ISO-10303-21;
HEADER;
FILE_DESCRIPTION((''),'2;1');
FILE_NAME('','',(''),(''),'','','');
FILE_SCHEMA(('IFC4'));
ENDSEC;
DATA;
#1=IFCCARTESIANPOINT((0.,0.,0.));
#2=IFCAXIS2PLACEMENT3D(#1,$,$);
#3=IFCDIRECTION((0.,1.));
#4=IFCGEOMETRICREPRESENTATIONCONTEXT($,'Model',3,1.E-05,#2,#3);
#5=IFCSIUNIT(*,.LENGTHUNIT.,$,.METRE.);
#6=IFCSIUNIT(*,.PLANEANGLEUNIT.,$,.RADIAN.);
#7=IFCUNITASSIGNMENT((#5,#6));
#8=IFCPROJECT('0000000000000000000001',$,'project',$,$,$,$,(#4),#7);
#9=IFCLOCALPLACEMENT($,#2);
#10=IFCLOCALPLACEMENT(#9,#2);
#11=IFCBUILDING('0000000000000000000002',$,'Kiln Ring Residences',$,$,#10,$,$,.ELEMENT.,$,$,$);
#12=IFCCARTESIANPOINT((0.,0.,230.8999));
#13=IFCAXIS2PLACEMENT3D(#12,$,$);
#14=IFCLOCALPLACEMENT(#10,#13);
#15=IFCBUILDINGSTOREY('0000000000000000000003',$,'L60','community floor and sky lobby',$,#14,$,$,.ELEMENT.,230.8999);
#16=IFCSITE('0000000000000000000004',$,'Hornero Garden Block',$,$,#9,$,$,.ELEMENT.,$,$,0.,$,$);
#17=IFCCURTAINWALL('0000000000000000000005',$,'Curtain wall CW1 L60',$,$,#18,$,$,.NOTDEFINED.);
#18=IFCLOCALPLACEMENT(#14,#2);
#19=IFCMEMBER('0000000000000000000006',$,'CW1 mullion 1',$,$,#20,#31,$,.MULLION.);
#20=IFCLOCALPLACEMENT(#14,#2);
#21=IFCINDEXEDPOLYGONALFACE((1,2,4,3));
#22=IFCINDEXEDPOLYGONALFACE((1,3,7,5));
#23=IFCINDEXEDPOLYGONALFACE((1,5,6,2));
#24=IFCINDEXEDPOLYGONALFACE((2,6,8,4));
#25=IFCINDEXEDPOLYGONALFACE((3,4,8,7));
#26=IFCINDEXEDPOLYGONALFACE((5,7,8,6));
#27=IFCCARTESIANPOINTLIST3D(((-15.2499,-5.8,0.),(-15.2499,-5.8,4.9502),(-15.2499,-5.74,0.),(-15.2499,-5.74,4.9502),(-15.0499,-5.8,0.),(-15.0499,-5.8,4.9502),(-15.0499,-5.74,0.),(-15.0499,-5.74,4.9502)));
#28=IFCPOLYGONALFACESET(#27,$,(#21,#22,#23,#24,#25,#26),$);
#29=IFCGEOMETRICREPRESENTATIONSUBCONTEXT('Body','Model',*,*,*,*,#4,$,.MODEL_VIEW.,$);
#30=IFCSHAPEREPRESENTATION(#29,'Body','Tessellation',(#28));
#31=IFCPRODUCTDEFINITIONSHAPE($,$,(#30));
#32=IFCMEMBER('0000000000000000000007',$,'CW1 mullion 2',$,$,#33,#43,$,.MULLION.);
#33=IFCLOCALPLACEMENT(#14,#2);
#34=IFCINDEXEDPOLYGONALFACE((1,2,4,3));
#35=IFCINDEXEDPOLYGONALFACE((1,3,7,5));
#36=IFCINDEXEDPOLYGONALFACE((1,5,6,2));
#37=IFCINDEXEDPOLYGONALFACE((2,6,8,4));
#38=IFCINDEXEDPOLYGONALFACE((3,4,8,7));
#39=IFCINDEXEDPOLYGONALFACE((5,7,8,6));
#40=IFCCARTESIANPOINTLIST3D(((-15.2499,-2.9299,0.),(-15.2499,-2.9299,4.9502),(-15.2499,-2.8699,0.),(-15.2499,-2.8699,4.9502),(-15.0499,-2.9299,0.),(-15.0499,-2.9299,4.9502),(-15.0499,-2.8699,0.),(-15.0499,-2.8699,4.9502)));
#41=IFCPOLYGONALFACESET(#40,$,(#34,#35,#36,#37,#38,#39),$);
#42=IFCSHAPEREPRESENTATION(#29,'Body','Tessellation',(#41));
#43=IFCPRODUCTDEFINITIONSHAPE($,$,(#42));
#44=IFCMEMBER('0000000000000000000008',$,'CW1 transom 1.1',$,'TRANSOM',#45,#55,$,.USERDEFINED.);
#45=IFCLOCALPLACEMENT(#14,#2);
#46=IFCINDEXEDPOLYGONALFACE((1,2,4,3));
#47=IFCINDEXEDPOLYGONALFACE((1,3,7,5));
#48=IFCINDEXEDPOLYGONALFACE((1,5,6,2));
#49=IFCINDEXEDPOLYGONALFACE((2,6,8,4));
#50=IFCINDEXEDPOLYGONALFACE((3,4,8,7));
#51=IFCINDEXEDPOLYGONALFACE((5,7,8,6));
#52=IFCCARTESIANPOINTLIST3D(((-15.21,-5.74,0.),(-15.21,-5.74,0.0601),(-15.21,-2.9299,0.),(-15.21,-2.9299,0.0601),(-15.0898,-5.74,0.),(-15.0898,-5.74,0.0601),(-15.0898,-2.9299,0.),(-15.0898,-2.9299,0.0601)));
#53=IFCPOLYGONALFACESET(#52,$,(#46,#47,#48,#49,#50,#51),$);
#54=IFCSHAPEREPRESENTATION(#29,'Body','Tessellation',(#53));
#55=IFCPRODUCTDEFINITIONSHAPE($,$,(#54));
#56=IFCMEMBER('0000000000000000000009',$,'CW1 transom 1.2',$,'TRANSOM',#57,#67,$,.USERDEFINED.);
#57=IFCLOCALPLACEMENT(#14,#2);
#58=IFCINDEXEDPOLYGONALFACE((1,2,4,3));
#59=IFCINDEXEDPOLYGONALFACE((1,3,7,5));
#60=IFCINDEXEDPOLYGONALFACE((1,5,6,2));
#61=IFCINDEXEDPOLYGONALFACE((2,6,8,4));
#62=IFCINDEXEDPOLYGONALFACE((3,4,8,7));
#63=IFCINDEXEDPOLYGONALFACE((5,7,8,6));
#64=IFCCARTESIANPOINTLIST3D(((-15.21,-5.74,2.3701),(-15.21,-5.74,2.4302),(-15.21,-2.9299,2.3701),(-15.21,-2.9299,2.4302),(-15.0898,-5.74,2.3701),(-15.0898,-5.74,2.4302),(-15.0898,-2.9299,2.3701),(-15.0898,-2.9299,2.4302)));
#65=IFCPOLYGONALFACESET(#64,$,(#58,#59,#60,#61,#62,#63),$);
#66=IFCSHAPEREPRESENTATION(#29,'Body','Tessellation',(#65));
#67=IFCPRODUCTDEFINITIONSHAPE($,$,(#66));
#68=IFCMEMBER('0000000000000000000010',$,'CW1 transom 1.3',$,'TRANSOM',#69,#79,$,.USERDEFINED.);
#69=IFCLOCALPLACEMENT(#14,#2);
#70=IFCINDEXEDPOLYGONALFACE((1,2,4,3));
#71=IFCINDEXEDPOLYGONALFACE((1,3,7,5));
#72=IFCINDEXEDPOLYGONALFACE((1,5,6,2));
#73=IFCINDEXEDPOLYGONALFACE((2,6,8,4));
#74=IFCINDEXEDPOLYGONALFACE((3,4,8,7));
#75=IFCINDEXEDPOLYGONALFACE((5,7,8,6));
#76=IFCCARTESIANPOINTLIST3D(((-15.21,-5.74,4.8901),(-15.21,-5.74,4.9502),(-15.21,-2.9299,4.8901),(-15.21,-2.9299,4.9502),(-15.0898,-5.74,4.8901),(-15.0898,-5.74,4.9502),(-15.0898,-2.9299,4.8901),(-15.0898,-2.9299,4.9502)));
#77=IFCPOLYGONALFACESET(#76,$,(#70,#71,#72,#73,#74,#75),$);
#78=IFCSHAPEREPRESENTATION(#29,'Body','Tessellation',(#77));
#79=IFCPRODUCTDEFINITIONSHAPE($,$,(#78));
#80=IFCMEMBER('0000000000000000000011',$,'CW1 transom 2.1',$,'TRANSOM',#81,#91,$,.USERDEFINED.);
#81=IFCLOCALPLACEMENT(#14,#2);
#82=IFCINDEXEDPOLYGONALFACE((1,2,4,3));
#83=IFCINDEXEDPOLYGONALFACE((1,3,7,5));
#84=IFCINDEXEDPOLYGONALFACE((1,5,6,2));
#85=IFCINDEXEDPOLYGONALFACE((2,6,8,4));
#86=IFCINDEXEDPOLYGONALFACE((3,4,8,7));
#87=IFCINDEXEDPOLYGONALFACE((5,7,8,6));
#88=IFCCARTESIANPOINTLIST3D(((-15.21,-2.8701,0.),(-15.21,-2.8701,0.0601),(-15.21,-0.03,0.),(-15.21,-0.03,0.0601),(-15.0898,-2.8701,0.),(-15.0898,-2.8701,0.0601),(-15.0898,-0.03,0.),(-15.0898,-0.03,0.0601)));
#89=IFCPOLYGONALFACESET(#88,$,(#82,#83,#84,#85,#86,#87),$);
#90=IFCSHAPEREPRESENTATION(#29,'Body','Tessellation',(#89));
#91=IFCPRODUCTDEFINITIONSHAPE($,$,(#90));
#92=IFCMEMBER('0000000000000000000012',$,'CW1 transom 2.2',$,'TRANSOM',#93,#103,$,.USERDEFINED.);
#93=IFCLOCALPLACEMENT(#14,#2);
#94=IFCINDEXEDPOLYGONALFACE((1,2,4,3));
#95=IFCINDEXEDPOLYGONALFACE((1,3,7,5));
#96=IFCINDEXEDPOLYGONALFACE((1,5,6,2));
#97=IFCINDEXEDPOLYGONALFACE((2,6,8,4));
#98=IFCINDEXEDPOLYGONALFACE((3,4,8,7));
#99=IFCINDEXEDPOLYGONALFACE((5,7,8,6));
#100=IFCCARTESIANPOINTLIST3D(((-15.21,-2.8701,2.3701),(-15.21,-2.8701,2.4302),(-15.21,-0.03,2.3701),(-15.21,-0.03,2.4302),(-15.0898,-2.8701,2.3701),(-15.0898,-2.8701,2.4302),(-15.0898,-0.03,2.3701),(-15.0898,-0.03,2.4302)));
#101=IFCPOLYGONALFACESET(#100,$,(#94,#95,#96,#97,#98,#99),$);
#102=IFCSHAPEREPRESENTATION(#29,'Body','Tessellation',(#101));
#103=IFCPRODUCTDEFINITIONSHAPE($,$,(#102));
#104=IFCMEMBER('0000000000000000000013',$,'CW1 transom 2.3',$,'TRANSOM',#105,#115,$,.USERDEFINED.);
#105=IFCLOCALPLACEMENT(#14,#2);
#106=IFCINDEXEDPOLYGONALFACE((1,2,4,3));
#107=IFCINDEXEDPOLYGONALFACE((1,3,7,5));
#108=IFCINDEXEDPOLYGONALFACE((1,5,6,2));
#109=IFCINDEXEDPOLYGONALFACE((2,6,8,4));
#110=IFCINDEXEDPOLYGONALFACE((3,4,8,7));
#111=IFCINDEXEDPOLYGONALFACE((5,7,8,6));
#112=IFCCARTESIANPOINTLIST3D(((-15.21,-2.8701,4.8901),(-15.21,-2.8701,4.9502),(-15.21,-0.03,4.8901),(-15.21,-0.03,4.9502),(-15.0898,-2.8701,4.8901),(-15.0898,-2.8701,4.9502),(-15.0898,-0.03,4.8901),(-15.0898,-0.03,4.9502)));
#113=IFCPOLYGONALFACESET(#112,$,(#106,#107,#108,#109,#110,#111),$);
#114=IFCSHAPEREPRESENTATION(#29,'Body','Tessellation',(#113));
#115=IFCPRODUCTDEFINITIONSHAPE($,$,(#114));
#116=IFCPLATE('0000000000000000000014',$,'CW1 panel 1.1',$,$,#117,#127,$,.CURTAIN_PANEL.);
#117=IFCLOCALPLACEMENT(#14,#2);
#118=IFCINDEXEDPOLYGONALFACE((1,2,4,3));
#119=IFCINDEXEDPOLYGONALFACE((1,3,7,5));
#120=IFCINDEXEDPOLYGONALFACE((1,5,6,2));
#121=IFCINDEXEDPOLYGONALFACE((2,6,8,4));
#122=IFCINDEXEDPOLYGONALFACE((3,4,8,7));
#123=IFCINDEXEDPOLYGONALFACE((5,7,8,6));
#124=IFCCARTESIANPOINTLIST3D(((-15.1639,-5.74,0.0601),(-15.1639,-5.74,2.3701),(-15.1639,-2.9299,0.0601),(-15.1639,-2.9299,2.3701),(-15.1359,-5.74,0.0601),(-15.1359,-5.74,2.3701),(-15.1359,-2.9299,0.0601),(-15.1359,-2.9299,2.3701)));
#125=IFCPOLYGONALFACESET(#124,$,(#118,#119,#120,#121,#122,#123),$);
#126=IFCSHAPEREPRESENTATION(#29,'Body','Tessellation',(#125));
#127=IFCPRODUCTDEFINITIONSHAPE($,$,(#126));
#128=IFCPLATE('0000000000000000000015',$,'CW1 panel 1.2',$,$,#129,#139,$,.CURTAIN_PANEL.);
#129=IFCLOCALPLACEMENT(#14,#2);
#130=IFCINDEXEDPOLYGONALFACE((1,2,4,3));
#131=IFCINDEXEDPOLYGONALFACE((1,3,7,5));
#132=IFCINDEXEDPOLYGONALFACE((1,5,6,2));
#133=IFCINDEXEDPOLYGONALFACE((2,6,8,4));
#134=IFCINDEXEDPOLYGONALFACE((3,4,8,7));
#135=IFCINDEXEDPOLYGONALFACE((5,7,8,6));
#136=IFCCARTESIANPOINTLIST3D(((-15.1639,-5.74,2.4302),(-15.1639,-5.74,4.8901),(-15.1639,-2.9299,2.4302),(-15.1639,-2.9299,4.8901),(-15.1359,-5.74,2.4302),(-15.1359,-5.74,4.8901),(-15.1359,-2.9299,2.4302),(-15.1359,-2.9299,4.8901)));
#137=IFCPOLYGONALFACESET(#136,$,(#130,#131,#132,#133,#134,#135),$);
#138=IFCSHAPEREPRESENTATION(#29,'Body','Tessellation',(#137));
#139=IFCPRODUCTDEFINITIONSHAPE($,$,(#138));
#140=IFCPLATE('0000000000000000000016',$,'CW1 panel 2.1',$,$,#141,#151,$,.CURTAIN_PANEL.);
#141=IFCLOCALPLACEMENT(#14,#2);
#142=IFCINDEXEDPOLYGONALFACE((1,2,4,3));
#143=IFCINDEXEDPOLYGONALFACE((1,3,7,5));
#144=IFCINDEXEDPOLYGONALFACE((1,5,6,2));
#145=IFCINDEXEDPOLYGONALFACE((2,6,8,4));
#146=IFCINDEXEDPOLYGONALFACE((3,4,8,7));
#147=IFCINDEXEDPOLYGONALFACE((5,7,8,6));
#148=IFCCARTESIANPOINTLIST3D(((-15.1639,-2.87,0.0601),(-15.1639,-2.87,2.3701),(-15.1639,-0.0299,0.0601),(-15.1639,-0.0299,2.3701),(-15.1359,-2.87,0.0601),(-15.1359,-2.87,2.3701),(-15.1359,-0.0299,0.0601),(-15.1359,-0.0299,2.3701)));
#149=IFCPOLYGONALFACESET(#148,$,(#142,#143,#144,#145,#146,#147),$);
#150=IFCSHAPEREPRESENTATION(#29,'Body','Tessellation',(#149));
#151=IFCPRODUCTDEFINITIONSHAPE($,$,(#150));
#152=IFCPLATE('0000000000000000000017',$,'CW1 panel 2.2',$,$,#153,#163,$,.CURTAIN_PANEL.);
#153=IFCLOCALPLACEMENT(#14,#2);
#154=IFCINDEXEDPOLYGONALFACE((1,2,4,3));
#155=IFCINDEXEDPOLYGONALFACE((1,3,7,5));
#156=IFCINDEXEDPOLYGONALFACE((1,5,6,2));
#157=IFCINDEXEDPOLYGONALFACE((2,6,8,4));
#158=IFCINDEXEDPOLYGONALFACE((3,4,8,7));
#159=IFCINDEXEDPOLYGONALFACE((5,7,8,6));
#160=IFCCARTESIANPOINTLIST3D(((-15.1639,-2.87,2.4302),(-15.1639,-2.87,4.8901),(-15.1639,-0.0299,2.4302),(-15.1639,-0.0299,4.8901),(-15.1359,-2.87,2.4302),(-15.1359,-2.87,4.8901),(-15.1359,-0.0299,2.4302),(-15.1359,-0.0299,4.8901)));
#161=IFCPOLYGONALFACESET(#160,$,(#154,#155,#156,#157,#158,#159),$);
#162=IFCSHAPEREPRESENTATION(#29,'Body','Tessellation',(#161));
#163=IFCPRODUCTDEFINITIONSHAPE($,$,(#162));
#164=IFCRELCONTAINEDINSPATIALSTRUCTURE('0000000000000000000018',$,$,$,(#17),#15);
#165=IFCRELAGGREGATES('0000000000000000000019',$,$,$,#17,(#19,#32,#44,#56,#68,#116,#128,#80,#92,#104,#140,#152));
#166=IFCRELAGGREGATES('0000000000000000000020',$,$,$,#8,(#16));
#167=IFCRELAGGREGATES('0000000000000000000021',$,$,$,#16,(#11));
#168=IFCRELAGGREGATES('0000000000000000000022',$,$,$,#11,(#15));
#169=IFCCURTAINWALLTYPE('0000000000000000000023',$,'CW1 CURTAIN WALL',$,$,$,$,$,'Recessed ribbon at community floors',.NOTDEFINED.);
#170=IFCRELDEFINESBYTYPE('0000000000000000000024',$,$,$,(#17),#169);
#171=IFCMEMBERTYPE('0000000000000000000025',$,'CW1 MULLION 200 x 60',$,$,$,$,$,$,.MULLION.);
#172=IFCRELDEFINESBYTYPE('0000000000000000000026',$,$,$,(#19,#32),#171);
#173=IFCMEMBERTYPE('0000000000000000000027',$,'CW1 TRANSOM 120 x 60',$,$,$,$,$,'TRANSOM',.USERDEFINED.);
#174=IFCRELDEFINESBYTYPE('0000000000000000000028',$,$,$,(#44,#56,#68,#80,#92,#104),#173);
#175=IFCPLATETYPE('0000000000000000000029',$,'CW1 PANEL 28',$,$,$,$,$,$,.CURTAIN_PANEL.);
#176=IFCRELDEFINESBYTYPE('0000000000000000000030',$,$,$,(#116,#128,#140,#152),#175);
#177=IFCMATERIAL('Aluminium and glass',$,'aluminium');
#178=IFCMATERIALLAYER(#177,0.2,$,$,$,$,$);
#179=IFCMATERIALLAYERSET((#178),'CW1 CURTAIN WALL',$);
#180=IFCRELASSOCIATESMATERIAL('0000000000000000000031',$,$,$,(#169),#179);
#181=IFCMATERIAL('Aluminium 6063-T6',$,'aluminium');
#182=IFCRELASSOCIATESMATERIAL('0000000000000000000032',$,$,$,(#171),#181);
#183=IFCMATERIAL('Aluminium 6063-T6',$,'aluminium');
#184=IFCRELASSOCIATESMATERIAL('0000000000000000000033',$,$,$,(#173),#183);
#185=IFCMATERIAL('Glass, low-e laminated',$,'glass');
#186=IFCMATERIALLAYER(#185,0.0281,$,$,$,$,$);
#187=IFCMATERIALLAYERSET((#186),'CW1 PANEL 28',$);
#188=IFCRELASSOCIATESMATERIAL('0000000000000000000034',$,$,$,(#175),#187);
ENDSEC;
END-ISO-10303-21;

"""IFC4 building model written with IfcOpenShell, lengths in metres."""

from ifc_helpers import new_model, si_unit, direction, frame, origin, origin_2d, place, context, subcontext, project, spatial, rectangle, extrude, material, layer, layer_set, material_profile, profile_set, type_object, element, aggregate, save


model = new_model("IFC4")

# Units and contexts
model_context = context("Model", 3, precision=1e-05, world=origin(), true_north=direction((0.0, 1.0)))
body_context = subcontext(model_context, "Body", "Model", "MODEL_VIEW")
ifc_project = project(units=[si_unit("LENGTHUNIT", "METRE"), si_unit("PLANEANGLEUNIT", "RADIAN")], contexts=[model_context])

# Site, building, storey
site_placement = place(None, origin())
site = spatial("IfcSite", under=ifc_project, at=site_placement, Name="Hornero Garden Block", CompositionType="ELEMENT", RefElevation=0.0)
building_placement = place(site_placement, origin())
building = spatial("IfcBuilding", under=site, at=building_placement, Name="Kiln Ring Residences", CompositionType="ELEMENT")
storey_placement = place(building_placement, frame((0.0, 0.0, 230.8999)))
storey = spatial("IfcBuildingStorey", under=building, at=storey_placement, Name="L60", Description="community floor and sky lobby", CompositionType="ELEMENT", Elevation=230.8999)

# Curtain wall, members, plates
ifc_material_1 = material(Name="Aluminium and glass", Category="aluminium")
ifc_layer_1 = layer(ifc_material_1, 0.2)
ifc_layer_set_1 = layer_set([ifc_layer_1], Name="CW1 CURTAIN WALL")
curtain_wall_type = type_object("IfcCurtainWallType", Name="CW1 CURTAIN WALL", ElementType="Recessed ribbon at community floors", PredefinedType="NOTDEFINED", material=ifc_layer_set_1)
curtain_wall_placement = place(storey_placement, origin())
curtain_wall = element("IfcCurtainWall", 1, at=curtain_wall_placement, inside=storey, type_object=curtain_wall_type, Name="Curtain wall CW1 L60", PredefinedType="NOTDEFINED")
ifc_material_2 = material(Name="Aluminium 6063-T6", Category="aluminium")
ifc_material_profile_1 = material_profile(ifc_material_2, rectangle(XDim=0.2, YDim=0.0601, at=origin_2d()), Name="AL 200x60")
ifc_profile_set_1 = profile_set([ifc_material_profile_1], Name="Aluminium 6063-T6")
member_type_1 = type_object("IfcMemberType", Name="CW1 MULLION 200 x 60", PredefinedType="MULLION", material=ifc_profile_set_1)
member_1_placement = place(storey_placement, frame((-15.1499, -5.77, 0.0), z_axis=(0.0, 0.0, 1.0), x_axis=(-1.0, 0.0, 0.0)))
member_1 = element("IfcMember", 2, at=member_1_placement, type_object=member_type_1, Name="CW1 mullion 1", PredefinedType="MULLION", context=body_context, shape_type="SweptSolid", body=[
    extrude(rectangle(XDim=0.2, YDim=0.0601, at=origin_2d()), origin(), (0.0, 0.0, 1.0), 4.9502),
])
member_2_placement = place(storey_placement, frame((-15.1499, -2.8999, 0.0), z_axis=(0.0, 0.0, 1.0), x_axis=(-1.0, 0.0, 0.0)))
member_2 = element("IfcMember", 3, at=member_2_placement, type_object=member_type_1, Name="CW1 mullion 2", PredefinedType="MULLION", context=body_context, shape_type="SweptSolid", body=[
    extrude(rectangle(XDim=0.2, YDim=0.0601, at=origin_2d()), origin(), (0.0, 0.0, 1.0), 4.9502),
])
ifc_material_3 = material(Name="Aluminium 6063-T6", Category="aluminium")
ifc_material_profile_2 = material_profile(ifc_material_3, rectangle(XDim=0.1201, YDim=0.0601, at=origin_2d()), Name="AL 120x60")
ifc_profile_set_2 = profile_set([ifc_material_profile_2], Name="Aluminium 6063-T6")
member_type_2 = type_object("IfcMemberType", Name="CW1 TRANSOM 120 x 60", ElementType="TRANSOM", PredefinedType="USERDEFINED", material=ifc_profile_set_2)
member_3_placement = place(storey_placement, frame((-15.1499, -5.74, 0.03), z_axis=(0.0, 1.0, 0.0), x_axis=(-1.0, 0.0, 0.0)))
member_3 = element("IfcMember", 4, at=member_3_placement, type_object=member_type_2, Name="CW1 transom 1.1", ObjectType="TRANSOM", PredefinedType="USERDEFINED", context=body_context, shape_type="SweptSolid", body=[
    extrude(rectangle(XDim=0.1201, YDim=0.0601, at=origin_2d()), origin(), (0.0, 0.0, 1.0), 2.8101),
])
member_4_placement = place(storey_placement, frame((-15.1499, -5.74, 2.4001), z_axis=(0.0, 1.0, 0.0), x_axis=(-1.0, 0.0, 0.0)))
member_4 = element("IfcMember", 5, at=member_4_placement, type_object=member_type_2, Name="CW1 transom 1.2", ObjectType="TRANSOM", PredefinedType="USERDEFINED", context=body_context, shape_type="SweptSolid", body=[
    extrude(rectangle(XDim=0.1201, YDim=0.0601, at=origin_2d()), origin(), (0.0, 0.0, 1.0), 2.8101),
])
member_5_placement = place(storey_placement, frame((-15.1499, -5.74, 4.9202), z_axis=(0.0, 1.0, 0.0), x_axis=(-1.0, 0.0, 0.0)))
member_5 = element("IfcMember", 6, at=member_5_placement, type_object=member_type_2, Name="CW1 transom 1.3", ObjectType="TRANSOM", PredefinedType="USERDEFINED", context=body_context, shape_type="SweptSolid", body=[
    extrude(rectangle(XDim=0.1201, YDim=0.0601, at=origin_2d()), origin(), (0.0, 0.0, 1.0), 2.8101),
])
member_6_placement = place(storey_placement, frame((-15.1499, -2.8701, 0.03), z_axis=(0.0, 1.0, 0.0), x_axis=(-1.0, 0.0, 0.0)))
member_6 = element("IfcMember", 7, at=member_6_placement, type_object=member_type_2, Name="CW1 transom 2.1", ObjectType="TRANSOM", PredefinedType="USERDEFINED", context=body_context, shape_type="SweptSolid", body=[
    extrude(rectangle(XDim=0.1201, YDim=0.0601, at=origin_2d()), origin(), (0.0, 0.0, 1.0), 2.8401),
])
member_7_placement = place(storey_placement, frame((-15.1499, -2.8701, 2.4001), z_axis=(0.0, 1.0, 0.0), x_axis=(-1.0, 0.0, 0.0)))
member_7 = element("IfcMember", 8, at=member_7_placement, type_object=member_type_2, Name="CW1 transom 2.2", ObjectType="TRANSOM", PredefinedType="USERDEFINED", context=body_context, shape_type="SweptSolid", body=[
    extrude(rectangle(XDim=0.1201, YDim=0.0601, at=origin_2d()), origin(), (0.0, 0.0, 1.0), 2.8401),
])
member_8_placement = place(storey_placement, frame((-15.1499, -2.8701, 4.9202), z_axis=(0.0, 1.0, 0.0), x_axis=(-1.0, 0.0, 0.0)))
member_8 = element("IfcMember", 9, at=member_8_placement, type_object=member_type_2, Name="CW1 transom 2.3", ObjectType="TRANSOM", PredefinedType="USERDEFINED", context=body_context, shape_type="SweptSolid", body=[
    extrude(rectangle(XDim=0.1201, YDim=0.0601, at=origin_2d()), origin(), (0.0, 0.0, 1.0), 2.8401),
])
ifc_material_4 = material(Name="Glass, low-e laminated", Category="glass")
ifc_layer_2 = layer(ifc_material_4, 0.0281)
ifc_layer_set_2 = layer_set([ifc_layer_2], Name="CW1 PANEL 28")
plate_type = type_object("IfcPlateType", Name="CW1 PANEL 28", PredefinedType="CURTAIN_PANEL", material=ifc_layer_set_2)
plate_1_placement = place(storey_placement, frame((-15.1499, -4.335, 0.0601), z_axis=(0.0, 0.0, 1.0), x_axis=(0.0, 1.0, 0.0)))
plate_1 = element("IfcPlate", 10, at=plate_1_placement, type_object=plate_type, Name="CW1 panel 1.1", PredefinedType="CURTAIN_PANEL", context=body_context, shape_type="SweptSolid", body=[
    extrude(rectangle(XDim=2.8101, YDim=0.0281, at=origin_2d()), origin(), (0.0, 0.0, 1.0), 2.3101),
])
plate_2_placement = place(storey_placement, frame((-15.1499, -4.335, 2.4302), z_axis=(0.0, 0.0, 1.0), x_axis=(0.0, 1.0, 0.0)))
plate_2 = element("IfcPlate", 11, at=plate_2_placement, type_object=plate_type, Name="CW1 panel 1.2", PredefinedType="CURTAIN_PANEL", context=body_context, shape_type="SweptSolid", body=[
    extrude(rectangle(XDim=2.8101, YDim=0.0281, at=origin_2d()), origin(), (0.0, 0.0, 1.0), 2.46),
])
plate_3_placement = place(storey_placement, frame((-15.1499, -1.45, 0.0601), z_axis=(0.0, 0.0, 1.0), x_axis=(0.0, 1.0, 0.0)))
plate_3 = element("IfcPlate", 12, at=plate_3_placement, type_object=plate_type, Name="CW1 panel 2.1", PredefinedType="CURTAIN_PANEL", context=body_context, shape_type="SweptSolid", body=[
    extrude(rectangle(XDim=2.8401, YDim=0.0281, at=origin_2d()), origin(), (0.0, 0.0, 1.0), 2.3101),
])
plate_4_placement = place(storey_placement, frame((-15.1499, -1.45, 2.4302), z_axis=(0.0, 0.0, 1.0), x_axis=(0.0, 1.0, 0.0)))
plate_4 = element("IfcPlate", 13, at=plate_4_placement, type_object=plate_type, Name="CW1 panel 2.2", PredefinedType="CURTAIN_PANEL", context=body_context, shape_type="SweptSolid", body=[
    extrude(rectangle(XDim=2.8401, YDim=0.0281, at=origin_2d()), origin(), (0.0, 0.0, 1.0), 2.46),
])
aggregate(curtain_wall, [member_1, member_2, member_3, member_4, member_5, plate_1, plate_2, member_6, member_7, member_8, plate_3, plate_4])

save(model, "model.ifc")
